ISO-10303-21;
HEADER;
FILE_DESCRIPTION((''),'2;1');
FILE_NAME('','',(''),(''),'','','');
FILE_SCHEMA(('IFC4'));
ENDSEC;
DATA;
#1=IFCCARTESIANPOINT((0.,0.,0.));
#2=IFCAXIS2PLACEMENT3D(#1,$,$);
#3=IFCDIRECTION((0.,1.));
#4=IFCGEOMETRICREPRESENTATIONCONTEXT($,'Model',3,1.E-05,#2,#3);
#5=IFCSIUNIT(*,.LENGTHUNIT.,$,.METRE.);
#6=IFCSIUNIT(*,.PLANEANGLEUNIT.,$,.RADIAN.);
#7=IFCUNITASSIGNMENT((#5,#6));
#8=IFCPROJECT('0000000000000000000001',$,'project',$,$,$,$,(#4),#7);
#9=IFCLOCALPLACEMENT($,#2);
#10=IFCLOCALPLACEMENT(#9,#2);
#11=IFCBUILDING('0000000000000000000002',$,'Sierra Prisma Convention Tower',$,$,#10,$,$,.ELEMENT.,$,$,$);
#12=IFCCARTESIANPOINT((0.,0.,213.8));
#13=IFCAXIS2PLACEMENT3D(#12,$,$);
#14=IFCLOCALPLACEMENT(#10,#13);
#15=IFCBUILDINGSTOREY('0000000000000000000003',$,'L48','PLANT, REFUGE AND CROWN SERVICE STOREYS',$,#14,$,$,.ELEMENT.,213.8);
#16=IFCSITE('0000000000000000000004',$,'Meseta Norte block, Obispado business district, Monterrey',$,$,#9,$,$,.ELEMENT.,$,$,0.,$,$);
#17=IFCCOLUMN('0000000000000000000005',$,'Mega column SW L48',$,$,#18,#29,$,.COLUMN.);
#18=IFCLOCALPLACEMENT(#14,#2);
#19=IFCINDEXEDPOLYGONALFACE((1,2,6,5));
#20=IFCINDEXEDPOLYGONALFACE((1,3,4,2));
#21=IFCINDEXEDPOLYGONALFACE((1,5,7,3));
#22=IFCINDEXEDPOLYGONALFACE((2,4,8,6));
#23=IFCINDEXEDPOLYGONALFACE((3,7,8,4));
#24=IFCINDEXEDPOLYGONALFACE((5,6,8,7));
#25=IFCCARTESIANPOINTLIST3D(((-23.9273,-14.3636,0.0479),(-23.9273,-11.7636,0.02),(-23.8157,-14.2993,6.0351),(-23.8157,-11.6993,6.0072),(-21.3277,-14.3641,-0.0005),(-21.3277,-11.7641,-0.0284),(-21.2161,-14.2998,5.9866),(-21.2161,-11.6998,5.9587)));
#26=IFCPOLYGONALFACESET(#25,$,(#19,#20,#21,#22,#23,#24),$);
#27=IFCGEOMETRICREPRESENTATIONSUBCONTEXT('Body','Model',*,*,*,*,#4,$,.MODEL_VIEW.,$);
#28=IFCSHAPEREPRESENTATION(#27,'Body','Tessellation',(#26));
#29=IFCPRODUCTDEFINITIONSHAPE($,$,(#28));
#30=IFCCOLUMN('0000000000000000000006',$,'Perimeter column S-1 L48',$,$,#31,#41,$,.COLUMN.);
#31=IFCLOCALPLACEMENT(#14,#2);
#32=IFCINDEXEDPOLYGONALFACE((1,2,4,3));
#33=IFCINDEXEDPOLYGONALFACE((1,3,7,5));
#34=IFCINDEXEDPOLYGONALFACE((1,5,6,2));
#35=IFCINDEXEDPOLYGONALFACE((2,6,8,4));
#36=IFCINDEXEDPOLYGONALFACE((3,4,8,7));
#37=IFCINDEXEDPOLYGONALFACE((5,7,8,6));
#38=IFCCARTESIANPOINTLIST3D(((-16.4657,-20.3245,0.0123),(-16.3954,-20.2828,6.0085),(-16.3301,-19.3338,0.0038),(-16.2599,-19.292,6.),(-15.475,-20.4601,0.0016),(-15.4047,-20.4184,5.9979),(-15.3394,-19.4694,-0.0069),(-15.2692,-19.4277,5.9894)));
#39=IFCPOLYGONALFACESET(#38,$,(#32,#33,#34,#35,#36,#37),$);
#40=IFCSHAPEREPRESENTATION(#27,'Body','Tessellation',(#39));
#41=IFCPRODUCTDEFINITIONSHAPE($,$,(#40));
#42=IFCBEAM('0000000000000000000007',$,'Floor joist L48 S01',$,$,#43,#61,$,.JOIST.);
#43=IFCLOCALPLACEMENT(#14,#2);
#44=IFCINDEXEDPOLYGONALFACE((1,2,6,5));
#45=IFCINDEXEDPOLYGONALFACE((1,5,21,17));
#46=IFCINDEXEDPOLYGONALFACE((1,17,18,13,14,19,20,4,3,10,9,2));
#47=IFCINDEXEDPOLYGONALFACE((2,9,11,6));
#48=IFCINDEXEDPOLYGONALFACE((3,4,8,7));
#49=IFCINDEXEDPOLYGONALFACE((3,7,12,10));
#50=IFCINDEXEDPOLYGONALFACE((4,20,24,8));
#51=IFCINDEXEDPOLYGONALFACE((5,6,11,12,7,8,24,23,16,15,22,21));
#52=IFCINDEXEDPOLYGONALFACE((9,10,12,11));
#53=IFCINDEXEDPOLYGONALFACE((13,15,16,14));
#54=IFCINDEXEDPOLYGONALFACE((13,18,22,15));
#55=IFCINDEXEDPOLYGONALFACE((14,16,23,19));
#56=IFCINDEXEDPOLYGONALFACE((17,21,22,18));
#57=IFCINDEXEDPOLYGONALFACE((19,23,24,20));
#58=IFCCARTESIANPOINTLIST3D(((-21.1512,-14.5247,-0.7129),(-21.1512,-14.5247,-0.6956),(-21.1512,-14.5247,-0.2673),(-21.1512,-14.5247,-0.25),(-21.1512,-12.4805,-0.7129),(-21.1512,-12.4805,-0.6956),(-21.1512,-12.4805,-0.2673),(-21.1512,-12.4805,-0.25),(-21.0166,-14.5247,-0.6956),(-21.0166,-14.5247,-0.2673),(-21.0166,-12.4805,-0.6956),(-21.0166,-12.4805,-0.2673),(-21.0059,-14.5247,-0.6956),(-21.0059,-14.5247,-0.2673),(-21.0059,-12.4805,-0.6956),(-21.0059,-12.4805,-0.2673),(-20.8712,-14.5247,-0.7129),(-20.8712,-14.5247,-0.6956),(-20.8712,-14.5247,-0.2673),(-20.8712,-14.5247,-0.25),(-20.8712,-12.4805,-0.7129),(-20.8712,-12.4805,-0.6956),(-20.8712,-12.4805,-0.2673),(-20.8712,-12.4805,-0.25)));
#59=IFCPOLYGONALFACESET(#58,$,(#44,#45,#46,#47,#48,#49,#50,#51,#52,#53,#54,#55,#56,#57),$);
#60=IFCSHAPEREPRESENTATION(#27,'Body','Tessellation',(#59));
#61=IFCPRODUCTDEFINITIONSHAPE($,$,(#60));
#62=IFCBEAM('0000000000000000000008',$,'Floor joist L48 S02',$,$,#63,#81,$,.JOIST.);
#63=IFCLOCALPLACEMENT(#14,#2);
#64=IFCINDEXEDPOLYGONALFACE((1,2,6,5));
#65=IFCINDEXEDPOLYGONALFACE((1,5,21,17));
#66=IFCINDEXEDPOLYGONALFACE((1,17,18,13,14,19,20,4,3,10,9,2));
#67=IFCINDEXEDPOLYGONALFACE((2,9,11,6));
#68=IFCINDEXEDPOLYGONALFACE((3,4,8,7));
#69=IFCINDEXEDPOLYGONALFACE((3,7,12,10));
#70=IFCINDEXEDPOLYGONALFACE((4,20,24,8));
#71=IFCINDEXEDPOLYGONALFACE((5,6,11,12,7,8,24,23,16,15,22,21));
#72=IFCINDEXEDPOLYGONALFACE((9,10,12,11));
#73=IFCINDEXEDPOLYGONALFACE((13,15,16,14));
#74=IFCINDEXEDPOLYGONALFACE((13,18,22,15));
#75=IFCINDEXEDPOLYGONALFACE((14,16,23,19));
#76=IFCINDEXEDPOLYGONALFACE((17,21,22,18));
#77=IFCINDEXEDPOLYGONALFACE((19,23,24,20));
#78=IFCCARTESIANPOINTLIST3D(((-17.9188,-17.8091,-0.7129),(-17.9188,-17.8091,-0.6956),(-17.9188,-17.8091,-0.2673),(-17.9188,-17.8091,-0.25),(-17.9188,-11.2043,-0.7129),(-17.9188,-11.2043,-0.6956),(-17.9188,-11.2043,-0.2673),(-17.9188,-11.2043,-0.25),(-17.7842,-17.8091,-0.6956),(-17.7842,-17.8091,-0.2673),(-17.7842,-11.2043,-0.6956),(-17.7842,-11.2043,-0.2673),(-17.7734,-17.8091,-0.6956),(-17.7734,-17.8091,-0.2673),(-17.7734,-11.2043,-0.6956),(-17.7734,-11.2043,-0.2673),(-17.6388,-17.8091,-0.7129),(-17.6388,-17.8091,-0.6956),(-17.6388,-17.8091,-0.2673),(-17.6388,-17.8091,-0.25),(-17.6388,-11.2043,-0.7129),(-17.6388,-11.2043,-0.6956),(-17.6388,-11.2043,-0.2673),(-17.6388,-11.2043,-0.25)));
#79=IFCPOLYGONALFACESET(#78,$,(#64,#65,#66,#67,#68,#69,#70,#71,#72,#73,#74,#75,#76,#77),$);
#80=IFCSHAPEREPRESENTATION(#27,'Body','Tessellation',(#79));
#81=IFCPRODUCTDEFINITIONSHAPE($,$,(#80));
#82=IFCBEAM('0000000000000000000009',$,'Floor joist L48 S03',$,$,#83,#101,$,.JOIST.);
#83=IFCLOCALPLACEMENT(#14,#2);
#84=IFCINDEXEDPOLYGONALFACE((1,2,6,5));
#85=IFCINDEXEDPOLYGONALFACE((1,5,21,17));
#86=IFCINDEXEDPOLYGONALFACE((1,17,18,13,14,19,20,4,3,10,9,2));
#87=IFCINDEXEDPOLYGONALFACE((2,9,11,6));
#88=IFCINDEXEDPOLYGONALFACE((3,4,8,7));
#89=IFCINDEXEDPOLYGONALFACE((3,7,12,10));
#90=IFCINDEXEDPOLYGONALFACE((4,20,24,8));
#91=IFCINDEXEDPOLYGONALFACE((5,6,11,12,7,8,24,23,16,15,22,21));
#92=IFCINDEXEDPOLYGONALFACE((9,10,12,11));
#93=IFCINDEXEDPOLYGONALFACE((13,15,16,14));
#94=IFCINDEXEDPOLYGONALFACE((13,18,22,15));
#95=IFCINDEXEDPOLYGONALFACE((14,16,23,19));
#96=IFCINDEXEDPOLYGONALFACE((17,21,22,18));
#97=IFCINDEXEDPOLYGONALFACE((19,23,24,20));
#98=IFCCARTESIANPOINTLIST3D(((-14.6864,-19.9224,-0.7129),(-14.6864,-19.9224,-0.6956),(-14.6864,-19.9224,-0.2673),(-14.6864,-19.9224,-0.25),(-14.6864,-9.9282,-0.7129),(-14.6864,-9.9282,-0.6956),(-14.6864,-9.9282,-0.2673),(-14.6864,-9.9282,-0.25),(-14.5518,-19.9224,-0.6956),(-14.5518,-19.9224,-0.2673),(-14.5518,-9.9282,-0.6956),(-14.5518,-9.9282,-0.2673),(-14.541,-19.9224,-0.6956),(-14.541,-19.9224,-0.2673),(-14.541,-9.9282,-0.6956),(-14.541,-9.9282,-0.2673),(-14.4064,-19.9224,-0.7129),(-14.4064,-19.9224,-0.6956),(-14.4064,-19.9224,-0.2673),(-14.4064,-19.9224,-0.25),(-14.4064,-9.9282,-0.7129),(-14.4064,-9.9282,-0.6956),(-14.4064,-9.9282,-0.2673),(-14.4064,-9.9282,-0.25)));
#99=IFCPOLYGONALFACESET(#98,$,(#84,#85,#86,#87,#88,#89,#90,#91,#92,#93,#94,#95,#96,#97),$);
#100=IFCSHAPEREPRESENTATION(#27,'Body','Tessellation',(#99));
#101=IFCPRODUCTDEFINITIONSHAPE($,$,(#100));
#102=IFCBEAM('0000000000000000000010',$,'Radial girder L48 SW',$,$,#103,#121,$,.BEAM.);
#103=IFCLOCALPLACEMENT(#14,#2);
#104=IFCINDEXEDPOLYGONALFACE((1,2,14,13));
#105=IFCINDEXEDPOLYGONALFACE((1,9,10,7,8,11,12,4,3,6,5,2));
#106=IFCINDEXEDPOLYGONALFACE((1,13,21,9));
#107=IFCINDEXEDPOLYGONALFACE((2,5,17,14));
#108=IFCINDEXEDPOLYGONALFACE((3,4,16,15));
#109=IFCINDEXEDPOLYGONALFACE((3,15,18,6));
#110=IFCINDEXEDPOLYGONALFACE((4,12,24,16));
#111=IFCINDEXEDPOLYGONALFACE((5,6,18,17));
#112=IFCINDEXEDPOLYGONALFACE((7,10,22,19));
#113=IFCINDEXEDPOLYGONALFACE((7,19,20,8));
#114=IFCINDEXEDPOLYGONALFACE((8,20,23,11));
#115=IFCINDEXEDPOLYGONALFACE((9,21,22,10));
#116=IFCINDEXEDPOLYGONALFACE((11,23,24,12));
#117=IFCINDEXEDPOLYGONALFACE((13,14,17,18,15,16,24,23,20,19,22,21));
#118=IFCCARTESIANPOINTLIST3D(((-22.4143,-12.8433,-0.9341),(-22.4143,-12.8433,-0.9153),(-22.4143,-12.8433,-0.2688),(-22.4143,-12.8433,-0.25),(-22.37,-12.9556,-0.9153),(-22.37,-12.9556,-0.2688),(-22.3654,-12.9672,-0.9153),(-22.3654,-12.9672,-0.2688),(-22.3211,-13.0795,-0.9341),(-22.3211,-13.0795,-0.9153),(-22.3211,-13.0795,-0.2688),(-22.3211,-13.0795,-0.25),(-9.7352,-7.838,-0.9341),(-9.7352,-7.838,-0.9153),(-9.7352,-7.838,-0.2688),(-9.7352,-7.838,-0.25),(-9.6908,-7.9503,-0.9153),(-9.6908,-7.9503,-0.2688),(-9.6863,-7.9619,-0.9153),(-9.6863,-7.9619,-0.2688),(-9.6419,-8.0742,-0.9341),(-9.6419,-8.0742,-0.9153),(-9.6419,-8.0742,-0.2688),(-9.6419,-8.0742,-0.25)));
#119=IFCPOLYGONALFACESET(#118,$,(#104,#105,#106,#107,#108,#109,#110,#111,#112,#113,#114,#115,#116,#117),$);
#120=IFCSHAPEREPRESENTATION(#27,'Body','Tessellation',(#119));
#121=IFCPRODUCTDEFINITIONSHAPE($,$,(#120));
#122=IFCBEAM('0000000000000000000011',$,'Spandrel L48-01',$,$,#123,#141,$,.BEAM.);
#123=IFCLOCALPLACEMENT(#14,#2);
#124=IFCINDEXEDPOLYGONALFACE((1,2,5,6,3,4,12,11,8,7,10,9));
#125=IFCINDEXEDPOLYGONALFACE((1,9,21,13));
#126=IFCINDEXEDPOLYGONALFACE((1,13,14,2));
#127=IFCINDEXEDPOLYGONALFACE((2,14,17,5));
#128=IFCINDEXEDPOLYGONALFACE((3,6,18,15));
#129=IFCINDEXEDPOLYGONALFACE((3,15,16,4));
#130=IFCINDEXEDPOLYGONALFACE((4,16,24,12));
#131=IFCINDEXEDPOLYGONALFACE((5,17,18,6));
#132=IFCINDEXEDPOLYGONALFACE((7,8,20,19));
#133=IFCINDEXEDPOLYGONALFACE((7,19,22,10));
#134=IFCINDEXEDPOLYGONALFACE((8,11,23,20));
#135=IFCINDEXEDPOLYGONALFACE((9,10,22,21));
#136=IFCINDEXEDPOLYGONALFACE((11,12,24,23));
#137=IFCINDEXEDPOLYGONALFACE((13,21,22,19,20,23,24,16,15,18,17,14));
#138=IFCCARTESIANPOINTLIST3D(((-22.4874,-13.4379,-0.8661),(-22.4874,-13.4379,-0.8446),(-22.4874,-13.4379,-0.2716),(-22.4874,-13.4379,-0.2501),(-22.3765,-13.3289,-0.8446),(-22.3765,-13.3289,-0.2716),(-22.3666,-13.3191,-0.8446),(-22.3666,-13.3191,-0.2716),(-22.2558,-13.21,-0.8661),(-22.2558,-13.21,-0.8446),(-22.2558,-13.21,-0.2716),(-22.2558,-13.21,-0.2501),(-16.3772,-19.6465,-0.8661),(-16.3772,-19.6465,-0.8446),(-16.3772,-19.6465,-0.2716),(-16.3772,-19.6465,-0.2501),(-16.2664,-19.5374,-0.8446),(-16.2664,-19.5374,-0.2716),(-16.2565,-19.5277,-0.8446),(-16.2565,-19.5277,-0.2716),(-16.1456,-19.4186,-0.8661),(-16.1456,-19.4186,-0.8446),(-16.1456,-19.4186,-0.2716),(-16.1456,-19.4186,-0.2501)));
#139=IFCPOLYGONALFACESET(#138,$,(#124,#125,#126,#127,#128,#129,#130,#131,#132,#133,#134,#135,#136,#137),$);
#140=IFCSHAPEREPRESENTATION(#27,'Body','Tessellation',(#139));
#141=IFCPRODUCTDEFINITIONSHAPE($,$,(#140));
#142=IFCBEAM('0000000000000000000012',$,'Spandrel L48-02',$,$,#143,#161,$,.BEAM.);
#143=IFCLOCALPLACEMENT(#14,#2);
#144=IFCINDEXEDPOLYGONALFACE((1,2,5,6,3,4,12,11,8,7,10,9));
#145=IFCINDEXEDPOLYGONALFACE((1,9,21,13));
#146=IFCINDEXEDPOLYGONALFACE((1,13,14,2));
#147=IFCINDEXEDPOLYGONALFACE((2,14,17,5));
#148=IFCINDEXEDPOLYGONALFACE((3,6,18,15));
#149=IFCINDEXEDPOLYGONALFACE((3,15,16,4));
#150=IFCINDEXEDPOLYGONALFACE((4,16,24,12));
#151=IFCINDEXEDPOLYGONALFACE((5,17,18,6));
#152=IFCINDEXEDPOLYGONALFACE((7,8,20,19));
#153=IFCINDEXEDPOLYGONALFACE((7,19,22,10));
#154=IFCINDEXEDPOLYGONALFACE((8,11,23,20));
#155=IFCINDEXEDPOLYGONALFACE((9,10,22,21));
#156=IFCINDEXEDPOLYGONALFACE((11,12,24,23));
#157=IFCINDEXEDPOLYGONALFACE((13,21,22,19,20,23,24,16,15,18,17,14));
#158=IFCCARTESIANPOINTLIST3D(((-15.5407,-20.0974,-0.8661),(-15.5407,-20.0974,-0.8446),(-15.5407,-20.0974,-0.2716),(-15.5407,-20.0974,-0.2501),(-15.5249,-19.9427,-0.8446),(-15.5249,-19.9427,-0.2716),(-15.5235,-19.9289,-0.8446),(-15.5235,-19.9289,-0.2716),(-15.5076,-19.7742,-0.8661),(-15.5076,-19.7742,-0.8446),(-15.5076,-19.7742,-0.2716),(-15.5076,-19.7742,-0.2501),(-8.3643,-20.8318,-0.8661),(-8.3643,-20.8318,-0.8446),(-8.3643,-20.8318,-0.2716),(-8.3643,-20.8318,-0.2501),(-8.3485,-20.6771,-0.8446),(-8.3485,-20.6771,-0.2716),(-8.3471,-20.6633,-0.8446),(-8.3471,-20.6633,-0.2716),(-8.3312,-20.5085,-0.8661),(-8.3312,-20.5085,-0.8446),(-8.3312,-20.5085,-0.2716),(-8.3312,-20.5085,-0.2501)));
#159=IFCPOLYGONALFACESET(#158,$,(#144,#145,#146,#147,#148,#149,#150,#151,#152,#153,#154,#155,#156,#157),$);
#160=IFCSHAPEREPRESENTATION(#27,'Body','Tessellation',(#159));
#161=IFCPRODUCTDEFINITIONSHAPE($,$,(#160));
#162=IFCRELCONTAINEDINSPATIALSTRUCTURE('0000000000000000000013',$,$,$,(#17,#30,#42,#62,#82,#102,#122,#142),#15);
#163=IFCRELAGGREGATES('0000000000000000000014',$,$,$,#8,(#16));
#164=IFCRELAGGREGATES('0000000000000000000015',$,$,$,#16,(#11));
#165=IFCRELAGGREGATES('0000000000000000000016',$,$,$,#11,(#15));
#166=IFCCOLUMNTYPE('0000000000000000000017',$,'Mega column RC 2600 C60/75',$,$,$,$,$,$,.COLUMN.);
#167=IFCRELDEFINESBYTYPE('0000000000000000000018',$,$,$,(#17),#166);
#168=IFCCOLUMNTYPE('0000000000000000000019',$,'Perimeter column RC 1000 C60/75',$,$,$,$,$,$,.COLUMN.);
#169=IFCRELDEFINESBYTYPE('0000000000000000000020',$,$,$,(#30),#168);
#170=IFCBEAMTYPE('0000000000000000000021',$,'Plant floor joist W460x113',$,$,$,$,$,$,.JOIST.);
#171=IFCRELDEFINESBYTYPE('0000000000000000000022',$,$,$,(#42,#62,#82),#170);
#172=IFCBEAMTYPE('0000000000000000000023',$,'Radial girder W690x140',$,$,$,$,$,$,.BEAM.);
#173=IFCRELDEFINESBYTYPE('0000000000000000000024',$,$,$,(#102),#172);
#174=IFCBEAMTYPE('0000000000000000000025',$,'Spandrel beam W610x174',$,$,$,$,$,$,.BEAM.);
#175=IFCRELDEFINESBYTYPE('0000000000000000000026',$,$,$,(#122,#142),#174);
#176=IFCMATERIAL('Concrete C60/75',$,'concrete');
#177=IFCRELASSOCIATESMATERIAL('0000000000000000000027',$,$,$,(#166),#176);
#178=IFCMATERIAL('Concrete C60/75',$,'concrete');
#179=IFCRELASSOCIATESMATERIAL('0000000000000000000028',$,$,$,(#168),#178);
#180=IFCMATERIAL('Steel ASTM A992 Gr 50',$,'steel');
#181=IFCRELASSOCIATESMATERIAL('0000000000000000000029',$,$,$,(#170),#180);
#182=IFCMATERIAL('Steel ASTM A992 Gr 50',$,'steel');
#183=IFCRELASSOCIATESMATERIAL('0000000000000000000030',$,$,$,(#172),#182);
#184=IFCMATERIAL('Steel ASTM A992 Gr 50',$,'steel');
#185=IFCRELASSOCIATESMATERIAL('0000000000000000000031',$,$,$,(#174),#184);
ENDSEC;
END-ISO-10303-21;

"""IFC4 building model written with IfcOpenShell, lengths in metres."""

from ifc_helpers import new_model, si_unit, direction, frame, origin, origin_2d, place, context, subcontext, project, spatial, rectangle, i_section, extrude, clip, halfspace, material, material_profile, profile_set, type_object, element, save


model = new_model("IFC4")

# Units and contexts
model_context = context("Model", 3, precision=1e-05, world=origin(), true_north=direction((0.0, 1.0)))
body_context = subcontext(model_context, "Body", "Model", "MODEL_VIEW")
ifc_project = project(units=[si_unit("LENGTHUNIT", "METRE"), si_unit("PLANEANGLEUNIT", "RADIAN")], contexts=[model_context])

# Site, building, storey
site_placement = place(None, origin())
site = spatial("IfcSite", under=ifc_project, at=site_placement, Name="Meseta Norte block, Obispado business district, Monterrey", CompositionType="ELEMENT", RefElevation=0.0)
building_placement = place(site_placement, origin())
building = spatial("IfcBuilding", under=site, at=building_placement, Name="Sierra Prisma Convention Tower", CompositionType="ELEMENT")
storey_placement = place(building_placement, frame((0.0, 0.0, 213.8)))
storey = spatial("IfcBuildingStorey", under=building, at=storey_placement, Name="L48", Description="PLANT, REFUGE AND CROWN SERVICE STOREYS", CompositionType="ELEMENT", Elevation=213.8)

# Columns
ifc_material_1 = material(Name="Concrete C60/75", Category="concrete")
ifc_material_profile_1 = material_profile(ifc_material_1, rectangle(XDim=2.6001, YDim=2.6001, at=origin_2d()), Name="Mega column RC 2600 C60/75")
ifc_profile_set_1 = profile_set([ifc_material_profile_1], Name="Concrete C60/75")
column_type_1 = type_object("IfcColumnType", Name="Mega column RC 2600 C60/75", PredefinedType="COLUMN", material=ifc_profile_set_1)
column_1_placement = place(storey_placement, frame((-22.6277, -13.064, 0.0), z_axis=(0.018632, 0.01074, 0.999769), x_axis=(0.999826, -0.0002, -0.018631)))
element("IfcColumn", 1, at=column_1_placement, inside=storey, type_object=column_type_1, Name="Mega column SW L48", PredefinedType="COLUMN", context=body_context, shape_type="SweptSolid", body=[
    clip(clip(extrude(rectangle(XDim=2.6001, YDim=2.6001, at=origin_2d()), origin(), (0.0, 0.0, 1.0), 6.0015), halfspace(frame((0.0, 0.0, 0.0098)), True)), halfspace(frame((0.0, 0.0, 5.9983)), False)),
])
ifc_material_2 = material(Name="Concrete C60/75", Category="concrete")
ifc_material_profile_2 = material_profile(ifc_material_2, rectangle(XDim=1.0, YDim=1.0, at=origin_2d()), Name="Perimeter column RC 1000 C60/75")
ifc_profile_set_2 = profile_set([ifc_material_profile_2], Name="Concrete C60/75")
column_type_2 = type_object("IfcColumnType", Name="Perimeter column RC 1000 C60/75", PredefinedType="COLUMN", material=ifc_profile_set_2)
column_2_placement = place(storey_placement, frame((-15.9026, -19.897, 0.0), z_axis=(0.011718, 0.006957, 0.999907), x_axis=(-0.990699, 0.135655, 0.010666)))
element("IfcColumn", 2, at=column_2_placement, inside=storey, type_object=column_type_2, Name="Perimeter column S-1 L48", PredefinedType="COLUMN", context=body_context, shape_type="SweptSolid", body=[
    clip(clip(extrude(rectangle(XDim=1.0, YDim=1.0, at=origin_2d()), origin(), (0.0, 0.0, 1.0), 6.0005), halfspace(frame((0.0, 0.0, 0.0027)), True)), halfspace(frame((0.0, 0.0, 5.9995)), False)),
])

# Beams
ifc_material_3 = material(Name="Steel ASTM A992 Gr 50", Category="steel")
ifc_material_profile_3 = material_profile(ifc_material_3, i_section(OverallWidth=0.28, OverallDepth=0.4629, WebThickness=0.0107, FlangeThickness=0.0173, at=origin_2d()), Name="W460x113")
ifc_profile_set_3 = profile_set([ifc_material_profile_3], Name="Steel ASTM A992 Gr 50")
beam_type_1 = type_object("IfcBeamType", Name="Plant floor joist W460x113", PredefinedType="JOIST", material=ifc_profile_set_3)
beam_1_placement = place(storey_placement, frame((-21.0112, -14.5247, -0.4814), z_axis=(0.0, 1.0, 0.0), x_axis=(-1.0, 0.0, 0.0)))
element("IfcBeam", 3, at=beam_1_placement, inside=storey, type_object=beam_type_1, Name="Floor joist L48 S01", PredefinedType="JOIST", context=body_context, shape_type="SweptSolid", body=[
    extrude(i_section(OverallWidth=0.28, OverallDepth=0.4629, WebThickness=0.0107, FlangeThickness=0.0173, at=origin_2d()), origin(), (0.0, 0.0, 1.0), 2.0442),
])
beam_2_placement = place(storey_placement, frame((-17.7788, -17.8091, -0.4814), z_axis=(0.0, 1.0, 0.0), x_axis=(-1.0, 0.0, 0.0)))
element("IfcBeam", 4, at=beam_2_placement, inside=storey, type_object=beam_type_1, Name="Floor joist L48 S02", PredefinedType="JOIST", context=body_context, shape_type="SweptSolid", body=[
    extrude(i_section(OverallWidth=0.28, OverallDepth=0.4629, WebThickness=0.0107, FlangeThickness=0.0173, at=origin_2d()), origin(), (0.0, 0.0, 1.0), 6.6047),
])
beam_3_placement = place(storey_placement, frame((-14.5464, -19.9224, -0.4814), z_axis=(0.0, 1.0, 0.0), x_axis=(-1.0, 0.0, 0.0)))
element("IfcBeam", 5, at=beam_3_placement, inside=storey, type_object=beam_type_1, Name="Floor joist L48 S03", PredefinedType="JOIST", context=body_context, shape_type="SweptSolid", body=[
    extrude(i_section(OverallWidth=0.28, OverallDepth=0.4629, WebThickness=0.0107, FlangeThickness=0.0173, at=origin_2d()), origin(), (0.0, 0.0, 1.0), 9.9941),
])
ifc_material_4 = material(Name="Steel ASTM A992 Gr 50", Category="steel")
ifc_material_profile_4 = material_profile(ifc_material_4, i_section(OverallWidth=0.2539, OverallDepth=0.6841, WebThickness=0.0125, FlangeThickness=0.0188, at=origin_2d()), Name="W690x140")
ifc_profile_set_4 = profile_set([ifc_material_profile_4], Name="Steel ASTM A992 Gr 50")
beam_type_2 = type_object("IfcBeamType", Name="Radial girder W690x140", PredefinedType="BEAM", material=ifc_profile_set_4)
beam_4_placement = place(storey_placement, frame((-22.3677, -12.9614, -0.592), z_axis=(0.930145, 0.367193, 0.0), x_axis=(-0.367193, 0.930145, 0.0)))
element("IfcBeam", 6, at=beam_4_placement, inside=storey, type_object=beam_type_2, Name="Radial girder L48 SW", PredefinedType="BEAM", context=body_context, shape_type="SweptSolid", body=[
    extrude(i_section(OverallWidth=0.2539, OverallDepth=0.6841, WebThickness=0.0125, FlangeThickness=0.0188, at=origin_2d()), origin(), (0.0, 0.0, 1.0), 13.6313),
])
ifc_material_5 = material(Name="Steel ASTM A992 Gr 50", Category="steel")
ifc_material_profile_5 = material_profile(ifc_material_5, i_section(OverallWidth=0.325, OverallDepth=0.616, WebThickness=0.0139, FlangeThickness=0.0215, at=origin_2d()), Name="W610x174")
ifc_profile_set_5 = profile_set([ifc_material_profile_5], Name="Steel ASTM A992 Gr 50")
beam_type_3 = type_object("IfcBeamType", Name="Spandrel beam W610x174", PredefinedType="BEAM", material=ifc_profile_set_5)
beam_5_placement = place(storey_placement, frame((-22.3716, -13.324, -0.5581), z_axis=(0.701437, -0.712732, 0.0), x_axis=(0.712732, 0.701437, 0.0)))
element("IfcBeam", 7, at=beam_5_placement, inside=storey, type_object=beam_type_3, Name="Spandrel L48-01", PredefinedType="BEAM", context=body_context, shape_type="SweptSolid", body=[
    extrude(i_section(OverallWidth=0.325, OverallDepth=0.616, WebThickness=0.0139, FlangeThickness=0.0215, at=origin_2d()), origin(), (0.0, 0.0, 1.0), 8.7109),
])
beam_6_placement = place(storey_placement, frame((-15.5242, -19.9358, -0.5581), z_axis=(0.994805, -0.101802, 0.0), x_axis=(0.101802, 0.994805, 0.0)))
element("IfcBeam", 8, at=beam_6_placement, inside=storey, type_object=beam_type_3, Name="Spandrel L48-02", PredefinedType="BEAM", context=body_context, shape_type="SweptSolid", body=[
    extrude(i_section(OverallWidth=0.325, OverallDepth=0.616, WebThickness=0.0139, FlangeThickness=0.0215, at=origin_2d()), origin(), (0.0, 0.0, 1.0), 7.2139),
])

save(model, "model.ifc")
